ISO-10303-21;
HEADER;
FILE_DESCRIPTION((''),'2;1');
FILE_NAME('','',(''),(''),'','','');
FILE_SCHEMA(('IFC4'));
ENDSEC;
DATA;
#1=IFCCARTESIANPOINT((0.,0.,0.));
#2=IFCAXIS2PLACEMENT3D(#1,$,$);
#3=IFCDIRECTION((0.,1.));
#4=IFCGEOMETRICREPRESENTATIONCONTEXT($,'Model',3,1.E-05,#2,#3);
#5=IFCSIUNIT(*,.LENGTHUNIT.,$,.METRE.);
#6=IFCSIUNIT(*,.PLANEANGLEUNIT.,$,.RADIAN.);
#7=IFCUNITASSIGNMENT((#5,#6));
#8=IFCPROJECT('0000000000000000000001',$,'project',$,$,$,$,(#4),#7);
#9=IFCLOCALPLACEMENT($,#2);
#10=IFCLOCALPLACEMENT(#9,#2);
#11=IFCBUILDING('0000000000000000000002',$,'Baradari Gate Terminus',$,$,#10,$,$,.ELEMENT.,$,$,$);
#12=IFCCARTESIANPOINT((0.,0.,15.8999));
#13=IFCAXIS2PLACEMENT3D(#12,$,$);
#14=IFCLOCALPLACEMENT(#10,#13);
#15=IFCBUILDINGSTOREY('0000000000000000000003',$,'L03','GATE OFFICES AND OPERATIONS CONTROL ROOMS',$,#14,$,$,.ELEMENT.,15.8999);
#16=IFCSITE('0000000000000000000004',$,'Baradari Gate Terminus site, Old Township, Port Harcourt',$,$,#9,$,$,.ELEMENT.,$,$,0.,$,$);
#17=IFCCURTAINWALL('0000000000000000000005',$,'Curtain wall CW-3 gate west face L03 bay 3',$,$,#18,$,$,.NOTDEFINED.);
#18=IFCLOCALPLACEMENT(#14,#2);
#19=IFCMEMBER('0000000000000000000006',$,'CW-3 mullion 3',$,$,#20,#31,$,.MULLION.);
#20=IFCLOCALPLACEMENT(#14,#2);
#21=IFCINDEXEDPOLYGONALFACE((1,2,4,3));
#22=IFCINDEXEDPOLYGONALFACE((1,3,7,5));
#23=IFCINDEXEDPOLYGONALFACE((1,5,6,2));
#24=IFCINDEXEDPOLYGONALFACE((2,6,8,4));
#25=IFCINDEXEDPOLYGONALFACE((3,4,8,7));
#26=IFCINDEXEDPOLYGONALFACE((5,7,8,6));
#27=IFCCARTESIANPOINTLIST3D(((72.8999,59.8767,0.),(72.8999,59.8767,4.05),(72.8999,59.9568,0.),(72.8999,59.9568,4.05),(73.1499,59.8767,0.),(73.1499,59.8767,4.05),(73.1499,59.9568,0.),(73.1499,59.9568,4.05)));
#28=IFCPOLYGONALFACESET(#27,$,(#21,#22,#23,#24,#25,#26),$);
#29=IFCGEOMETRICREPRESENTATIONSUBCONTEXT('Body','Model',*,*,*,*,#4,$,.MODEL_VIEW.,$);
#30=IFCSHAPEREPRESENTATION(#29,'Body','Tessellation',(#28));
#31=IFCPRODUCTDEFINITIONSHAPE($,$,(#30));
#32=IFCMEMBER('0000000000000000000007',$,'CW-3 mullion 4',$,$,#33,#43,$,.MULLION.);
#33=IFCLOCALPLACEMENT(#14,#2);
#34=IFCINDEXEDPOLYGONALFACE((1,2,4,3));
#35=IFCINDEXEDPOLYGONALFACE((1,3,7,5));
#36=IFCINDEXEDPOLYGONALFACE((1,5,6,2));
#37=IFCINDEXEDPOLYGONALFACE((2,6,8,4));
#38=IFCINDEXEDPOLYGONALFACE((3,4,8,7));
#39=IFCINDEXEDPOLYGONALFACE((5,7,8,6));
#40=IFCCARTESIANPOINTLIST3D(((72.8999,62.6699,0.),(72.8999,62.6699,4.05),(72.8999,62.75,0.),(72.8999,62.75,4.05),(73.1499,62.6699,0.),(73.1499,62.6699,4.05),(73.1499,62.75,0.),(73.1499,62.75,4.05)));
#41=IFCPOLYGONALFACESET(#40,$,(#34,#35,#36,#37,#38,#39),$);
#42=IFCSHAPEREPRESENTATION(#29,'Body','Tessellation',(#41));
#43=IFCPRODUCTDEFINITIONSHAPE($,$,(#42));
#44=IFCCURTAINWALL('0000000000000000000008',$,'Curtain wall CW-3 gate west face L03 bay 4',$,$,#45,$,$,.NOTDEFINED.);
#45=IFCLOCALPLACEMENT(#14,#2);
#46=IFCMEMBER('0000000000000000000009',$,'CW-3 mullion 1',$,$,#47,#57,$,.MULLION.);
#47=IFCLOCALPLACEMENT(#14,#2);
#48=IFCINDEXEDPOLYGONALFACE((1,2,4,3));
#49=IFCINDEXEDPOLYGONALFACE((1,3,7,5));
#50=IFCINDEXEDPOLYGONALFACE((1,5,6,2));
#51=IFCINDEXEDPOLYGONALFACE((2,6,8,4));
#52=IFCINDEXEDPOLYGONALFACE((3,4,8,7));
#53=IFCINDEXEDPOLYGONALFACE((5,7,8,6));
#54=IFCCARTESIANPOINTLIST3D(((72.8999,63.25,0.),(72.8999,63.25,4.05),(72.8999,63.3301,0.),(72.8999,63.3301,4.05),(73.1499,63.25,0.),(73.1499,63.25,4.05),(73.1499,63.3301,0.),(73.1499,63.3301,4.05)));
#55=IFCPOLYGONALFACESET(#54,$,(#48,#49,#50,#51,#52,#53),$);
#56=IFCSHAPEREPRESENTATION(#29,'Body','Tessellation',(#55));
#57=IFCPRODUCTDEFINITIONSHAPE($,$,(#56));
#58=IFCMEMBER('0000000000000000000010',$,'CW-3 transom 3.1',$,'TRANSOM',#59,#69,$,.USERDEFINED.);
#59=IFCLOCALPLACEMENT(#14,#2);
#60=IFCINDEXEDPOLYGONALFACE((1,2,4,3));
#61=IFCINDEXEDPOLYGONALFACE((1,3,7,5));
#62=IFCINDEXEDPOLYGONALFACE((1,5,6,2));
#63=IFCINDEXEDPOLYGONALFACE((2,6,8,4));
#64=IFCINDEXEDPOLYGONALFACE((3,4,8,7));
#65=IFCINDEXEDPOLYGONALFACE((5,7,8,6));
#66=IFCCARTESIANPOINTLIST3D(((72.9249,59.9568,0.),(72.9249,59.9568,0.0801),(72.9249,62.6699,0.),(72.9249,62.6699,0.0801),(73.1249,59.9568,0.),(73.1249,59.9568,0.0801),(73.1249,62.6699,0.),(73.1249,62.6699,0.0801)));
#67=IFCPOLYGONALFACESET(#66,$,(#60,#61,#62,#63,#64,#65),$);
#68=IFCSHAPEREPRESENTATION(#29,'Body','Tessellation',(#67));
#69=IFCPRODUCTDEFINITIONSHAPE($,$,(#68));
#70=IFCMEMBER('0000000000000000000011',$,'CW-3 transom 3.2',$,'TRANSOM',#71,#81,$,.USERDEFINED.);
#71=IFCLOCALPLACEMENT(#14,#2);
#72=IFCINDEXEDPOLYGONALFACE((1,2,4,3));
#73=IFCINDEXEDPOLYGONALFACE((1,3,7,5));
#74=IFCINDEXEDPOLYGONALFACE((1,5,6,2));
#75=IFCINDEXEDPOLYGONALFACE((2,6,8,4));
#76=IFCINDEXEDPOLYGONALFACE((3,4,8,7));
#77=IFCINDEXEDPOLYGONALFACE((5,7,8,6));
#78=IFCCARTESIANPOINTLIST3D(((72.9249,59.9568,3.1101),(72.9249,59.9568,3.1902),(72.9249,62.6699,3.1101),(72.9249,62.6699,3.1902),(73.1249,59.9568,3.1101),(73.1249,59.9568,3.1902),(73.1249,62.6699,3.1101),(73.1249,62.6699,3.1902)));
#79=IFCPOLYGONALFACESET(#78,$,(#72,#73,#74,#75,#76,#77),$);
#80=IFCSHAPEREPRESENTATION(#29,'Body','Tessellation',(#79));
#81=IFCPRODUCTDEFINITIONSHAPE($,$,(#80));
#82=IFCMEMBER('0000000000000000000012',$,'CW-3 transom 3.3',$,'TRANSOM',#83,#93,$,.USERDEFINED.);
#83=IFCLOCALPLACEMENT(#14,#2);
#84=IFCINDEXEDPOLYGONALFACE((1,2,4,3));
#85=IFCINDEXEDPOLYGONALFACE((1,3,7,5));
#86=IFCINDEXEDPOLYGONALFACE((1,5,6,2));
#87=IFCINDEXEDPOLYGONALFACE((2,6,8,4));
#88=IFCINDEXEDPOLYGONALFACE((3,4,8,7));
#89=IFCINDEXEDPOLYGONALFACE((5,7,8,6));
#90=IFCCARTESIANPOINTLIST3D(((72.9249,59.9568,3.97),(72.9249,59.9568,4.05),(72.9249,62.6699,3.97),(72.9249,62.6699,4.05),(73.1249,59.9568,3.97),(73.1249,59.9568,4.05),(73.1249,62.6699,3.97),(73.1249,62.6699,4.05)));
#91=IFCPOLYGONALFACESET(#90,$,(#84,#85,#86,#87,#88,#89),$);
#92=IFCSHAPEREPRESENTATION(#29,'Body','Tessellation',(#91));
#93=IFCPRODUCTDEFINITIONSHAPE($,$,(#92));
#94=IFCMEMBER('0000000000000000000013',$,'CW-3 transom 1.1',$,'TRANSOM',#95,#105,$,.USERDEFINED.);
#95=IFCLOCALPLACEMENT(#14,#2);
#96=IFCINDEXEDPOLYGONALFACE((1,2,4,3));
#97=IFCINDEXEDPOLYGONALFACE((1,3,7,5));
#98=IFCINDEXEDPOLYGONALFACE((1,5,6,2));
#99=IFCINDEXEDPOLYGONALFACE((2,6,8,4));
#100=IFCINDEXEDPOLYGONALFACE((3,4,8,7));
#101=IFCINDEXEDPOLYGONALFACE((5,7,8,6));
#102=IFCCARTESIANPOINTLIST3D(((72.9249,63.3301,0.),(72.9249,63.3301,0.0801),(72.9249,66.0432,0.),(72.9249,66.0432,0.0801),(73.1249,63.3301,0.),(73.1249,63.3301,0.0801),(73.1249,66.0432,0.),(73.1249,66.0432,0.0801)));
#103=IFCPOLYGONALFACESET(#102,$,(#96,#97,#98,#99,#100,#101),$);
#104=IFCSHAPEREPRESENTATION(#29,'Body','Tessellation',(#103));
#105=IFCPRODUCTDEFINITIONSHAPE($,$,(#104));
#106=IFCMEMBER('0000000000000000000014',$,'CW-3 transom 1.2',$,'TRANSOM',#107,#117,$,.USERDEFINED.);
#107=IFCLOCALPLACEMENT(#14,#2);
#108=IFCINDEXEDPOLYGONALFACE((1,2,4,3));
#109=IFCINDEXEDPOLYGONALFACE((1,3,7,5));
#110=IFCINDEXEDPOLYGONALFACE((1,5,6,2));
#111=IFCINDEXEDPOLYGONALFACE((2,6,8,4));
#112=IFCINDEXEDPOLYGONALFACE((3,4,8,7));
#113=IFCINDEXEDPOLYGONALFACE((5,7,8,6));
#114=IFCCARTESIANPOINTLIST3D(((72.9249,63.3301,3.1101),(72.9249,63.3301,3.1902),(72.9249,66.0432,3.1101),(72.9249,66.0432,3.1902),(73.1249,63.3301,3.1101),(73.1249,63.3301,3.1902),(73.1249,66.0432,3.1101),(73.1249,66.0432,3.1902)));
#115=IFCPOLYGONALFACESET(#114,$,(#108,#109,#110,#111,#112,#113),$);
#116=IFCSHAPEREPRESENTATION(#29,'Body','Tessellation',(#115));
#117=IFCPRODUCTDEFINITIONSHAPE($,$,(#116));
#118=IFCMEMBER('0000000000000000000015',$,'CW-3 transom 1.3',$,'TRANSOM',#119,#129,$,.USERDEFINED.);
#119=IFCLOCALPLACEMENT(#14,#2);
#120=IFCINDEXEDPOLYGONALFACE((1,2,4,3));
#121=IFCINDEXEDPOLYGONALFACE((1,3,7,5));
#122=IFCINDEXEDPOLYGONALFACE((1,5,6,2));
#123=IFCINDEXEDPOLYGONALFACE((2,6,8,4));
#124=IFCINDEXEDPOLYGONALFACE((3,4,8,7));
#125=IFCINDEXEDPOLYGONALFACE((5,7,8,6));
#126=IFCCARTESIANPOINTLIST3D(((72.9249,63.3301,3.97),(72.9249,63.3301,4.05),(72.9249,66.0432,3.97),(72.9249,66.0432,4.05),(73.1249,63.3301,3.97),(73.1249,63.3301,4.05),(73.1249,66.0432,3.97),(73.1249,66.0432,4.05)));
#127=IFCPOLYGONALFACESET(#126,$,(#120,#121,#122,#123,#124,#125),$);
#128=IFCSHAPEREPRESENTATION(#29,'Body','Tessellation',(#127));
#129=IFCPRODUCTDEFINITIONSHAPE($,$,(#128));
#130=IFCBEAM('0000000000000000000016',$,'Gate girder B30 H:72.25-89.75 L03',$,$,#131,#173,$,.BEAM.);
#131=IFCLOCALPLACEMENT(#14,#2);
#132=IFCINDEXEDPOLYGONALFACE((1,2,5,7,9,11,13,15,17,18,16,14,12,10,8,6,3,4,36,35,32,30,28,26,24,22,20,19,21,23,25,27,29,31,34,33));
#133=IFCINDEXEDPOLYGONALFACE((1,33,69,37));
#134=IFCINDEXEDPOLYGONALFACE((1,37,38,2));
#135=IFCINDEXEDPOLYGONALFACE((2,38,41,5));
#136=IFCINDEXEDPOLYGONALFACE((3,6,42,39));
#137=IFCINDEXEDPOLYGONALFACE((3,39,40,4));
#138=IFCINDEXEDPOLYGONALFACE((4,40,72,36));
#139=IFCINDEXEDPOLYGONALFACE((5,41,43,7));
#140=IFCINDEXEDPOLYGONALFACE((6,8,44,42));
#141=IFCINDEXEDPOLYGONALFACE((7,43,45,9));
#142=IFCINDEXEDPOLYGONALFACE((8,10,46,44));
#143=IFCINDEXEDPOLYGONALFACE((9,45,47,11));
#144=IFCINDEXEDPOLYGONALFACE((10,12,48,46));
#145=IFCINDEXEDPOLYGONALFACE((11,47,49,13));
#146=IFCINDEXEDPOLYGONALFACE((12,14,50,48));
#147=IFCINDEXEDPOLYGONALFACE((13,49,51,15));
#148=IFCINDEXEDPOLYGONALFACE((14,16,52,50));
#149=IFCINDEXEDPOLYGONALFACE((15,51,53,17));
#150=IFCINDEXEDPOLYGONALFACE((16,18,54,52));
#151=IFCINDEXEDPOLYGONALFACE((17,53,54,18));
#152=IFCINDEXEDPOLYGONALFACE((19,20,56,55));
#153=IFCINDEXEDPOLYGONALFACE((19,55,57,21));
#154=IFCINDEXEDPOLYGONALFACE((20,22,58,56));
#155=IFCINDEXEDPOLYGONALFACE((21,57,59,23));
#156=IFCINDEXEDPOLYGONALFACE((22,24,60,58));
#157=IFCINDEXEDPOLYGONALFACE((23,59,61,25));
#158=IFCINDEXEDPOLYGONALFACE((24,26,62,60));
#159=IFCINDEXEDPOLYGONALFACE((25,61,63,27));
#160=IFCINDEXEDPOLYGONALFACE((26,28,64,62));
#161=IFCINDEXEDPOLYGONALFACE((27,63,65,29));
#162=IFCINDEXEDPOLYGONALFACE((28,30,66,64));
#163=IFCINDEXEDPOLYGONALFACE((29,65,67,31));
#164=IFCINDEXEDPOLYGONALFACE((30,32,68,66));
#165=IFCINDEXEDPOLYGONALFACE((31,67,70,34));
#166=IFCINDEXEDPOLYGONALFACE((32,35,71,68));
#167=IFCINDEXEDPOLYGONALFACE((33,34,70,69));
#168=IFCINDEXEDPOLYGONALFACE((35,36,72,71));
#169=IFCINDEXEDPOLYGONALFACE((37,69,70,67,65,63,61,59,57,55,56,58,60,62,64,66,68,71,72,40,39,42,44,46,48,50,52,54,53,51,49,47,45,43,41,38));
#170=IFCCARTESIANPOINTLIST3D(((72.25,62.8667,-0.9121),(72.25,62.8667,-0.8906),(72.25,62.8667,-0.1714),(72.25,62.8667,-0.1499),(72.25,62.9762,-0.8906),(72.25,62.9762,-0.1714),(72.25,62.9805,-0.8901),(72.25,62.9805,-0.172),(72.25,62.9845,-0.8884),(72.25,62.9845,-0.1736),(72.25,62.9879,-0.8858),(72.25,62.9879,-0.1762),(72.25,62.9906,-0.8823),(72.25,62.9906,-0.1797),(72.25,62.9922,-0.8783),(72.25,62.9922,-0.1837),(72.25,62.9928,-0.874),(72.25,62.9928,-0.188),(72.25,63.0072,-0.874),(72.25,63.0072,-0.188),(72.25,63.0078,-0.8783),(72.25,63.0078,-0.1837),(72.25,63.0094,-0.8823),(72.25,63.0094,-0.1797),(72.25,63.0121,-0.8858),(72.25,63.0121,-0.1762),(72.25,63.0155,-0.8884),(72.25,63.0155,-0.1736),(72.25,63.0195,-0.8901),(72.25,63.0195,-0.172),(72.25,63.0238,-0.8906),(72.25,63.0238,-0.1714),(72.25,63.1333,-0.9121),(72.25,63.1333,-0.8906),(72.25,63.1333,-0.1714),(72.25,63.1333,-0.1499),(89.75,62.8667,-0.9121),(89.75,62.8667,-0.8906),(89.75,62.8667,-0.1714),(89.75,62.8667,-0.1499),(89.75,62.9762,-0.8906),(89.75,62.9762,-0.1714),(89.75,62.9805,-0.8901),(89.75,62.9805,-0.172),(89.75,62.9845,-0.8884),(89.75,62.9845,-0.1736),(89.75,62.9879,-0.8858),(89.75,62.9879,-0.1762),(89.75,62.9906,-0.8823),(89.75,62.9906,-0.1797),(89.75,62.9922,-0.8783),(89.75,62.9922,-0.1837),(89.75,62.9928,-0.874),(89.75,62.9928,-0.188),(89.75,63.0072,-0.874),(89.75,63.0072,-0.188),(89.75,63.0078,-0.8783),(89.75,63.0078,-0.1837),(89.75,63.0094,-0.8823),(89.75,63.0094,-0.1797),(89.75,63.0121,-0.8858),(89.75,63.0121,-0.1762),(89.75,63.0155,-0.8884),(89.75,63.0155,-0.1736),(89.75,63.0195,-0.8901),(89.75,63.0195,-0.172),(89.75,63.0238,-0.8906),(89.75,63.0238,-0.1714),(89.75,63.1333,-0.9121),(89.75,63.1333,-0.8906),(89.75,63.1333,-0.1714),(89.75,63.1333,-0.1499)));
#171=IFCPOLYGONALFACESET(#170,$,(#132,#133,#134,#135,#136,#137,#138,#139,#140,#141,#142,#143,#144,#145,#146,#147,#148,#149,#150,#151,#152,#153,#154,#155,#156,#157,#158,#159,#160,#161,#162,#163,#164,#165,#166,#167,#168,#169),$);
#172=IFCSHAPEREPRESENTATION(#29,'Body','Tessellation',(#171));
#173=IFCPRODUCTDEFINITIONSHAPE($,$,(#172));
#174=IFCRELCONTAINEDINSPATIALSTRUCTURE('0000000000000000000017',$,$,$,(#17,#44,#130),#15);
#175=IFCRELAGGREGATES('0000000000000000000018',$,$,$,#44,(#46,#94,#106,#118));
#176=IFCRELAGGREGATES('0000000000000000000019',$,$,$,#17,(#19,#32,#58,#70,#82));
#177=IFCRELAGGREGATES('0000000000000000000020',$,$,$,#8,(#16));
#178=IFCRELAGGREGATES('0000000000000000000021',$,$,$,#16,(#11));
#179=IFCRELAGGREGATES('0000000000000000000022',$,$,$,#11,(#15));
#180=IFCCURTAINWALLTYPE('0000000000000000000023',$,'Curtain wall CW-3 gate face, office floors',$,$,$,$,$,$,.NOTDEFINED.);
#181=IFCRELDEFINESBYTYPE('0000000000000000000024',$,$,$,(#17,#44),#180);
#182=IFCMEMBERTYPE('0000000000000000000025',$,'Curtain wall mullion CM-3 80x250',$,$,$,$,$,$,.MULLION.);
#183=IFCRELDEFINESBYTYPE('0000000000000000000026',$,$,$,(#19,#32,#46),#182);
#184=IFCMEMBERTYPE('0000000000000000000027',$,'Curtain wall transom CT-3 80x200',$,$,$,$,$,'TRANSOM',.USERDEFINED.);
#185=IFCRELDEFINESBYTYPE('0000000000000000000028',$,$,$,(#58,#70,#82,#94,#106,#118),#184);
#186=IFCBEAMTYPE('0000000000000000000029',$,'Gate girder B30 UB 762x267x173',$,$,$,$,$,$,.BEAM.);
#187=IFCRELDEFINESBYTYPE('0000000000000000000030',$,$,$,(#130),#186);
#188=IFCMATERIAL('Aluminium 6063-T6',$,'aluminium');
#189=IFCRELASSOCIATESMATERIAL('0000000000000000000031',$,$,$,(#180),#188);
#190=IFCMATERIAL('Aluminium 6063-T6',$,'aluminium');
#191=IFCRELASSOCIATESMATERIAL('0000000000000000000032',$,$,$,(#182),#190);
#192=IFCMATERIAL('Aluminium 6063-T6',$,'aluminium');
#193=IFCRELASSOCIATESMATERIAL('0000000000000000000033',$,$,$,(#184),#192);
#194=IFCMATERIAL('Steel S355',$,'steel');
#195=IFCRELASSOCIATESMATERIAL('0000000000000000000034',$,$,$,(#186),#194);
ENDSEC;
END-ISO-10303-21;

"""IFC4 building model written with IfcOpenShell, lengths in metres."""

from ifc_helpers import new_model, si_unit, direction, frame, origin, origin_2d, place, context, subcontext, project, spatial, rectangle, i_section, extrude, material, material_profile, profile_set, type_object, element, aggregate, save


model = new_model("IFC4")

# Units and contexts
model_context = context("Model", 3, precision=1e-05, world=origin(), true_north=direction((0.0, 1.0)))
body_context = subcontext(model_context, "Body", "Model", "MODEL_VIEW")
ifc_project = project(units=[si_unit("LENGTHUNIT", "METRE"), si_unit("PLANEANGLEUNIT", "RADIAN")], contexts=[model_context])

# Site, building, storey
site_placement = place(None, origin())
site = spatial("IfcSite", under=ifc_project, at=site_placement, Name="Baradari Gate Terminus site, Old Township, Port Harcourt", CompositionType="ELEMENT", RefElevation=0.0)
building_placement = place(site_placement, origin())
building = spatial("IfcBuilding", under=site, at=building_placement, Name="Baradari Gate Terminus", CompositionType="ELEMENT")
storey_placement = place(building_placement, frame((0.0, 0.0, 15.8999)))
storey = spatial("IfcBuildingStorey", under=building, at=storey_placement, Name="L03", Description="GATE OFFICES AND OPERATIONS CONTROL ROOMS", CompositionType="ELEMENT", Elevation=15.8999)

# Curtain wall, members
ifc_material_1 = material(Name="Aluminium 6063-T6", Category="aluminium")
curtain_wall_type = type_object("IfcCurtainWallType", Name="Curtain wall CW-3 gate face, office floors", PredefinedType="NOTDEFINED", material=ifc_material_1)
curtain_wall_1_placement = place(storey_placement, origin())
curtain_wall_1 = element("IfcCurtainWall", 1, at=curtain_wall_1_placement, inside=storey, type_object=curtain_wall_type, Name="Curtain wall CW-3 gate west face L03 bay 3", PredefinedType="NOTDEFINED")
ifc_material_2 = material(Name="Aluminium 6063-T6", Category="aluminium")
ifc_material_profile_1 = material_profile(ifc_material_2, rectangle(XDim=0.25, YDim=0.0801, at=origin_2d()), Name="CM-3 80X250")
ifc_profile_set_1 = profile_set([ifc_material_profile_1], Name="Aluminium 6063-T6")
member_type_1 = type_object("IfcMemberType", Name="Curtain wall mullion CM-3 80x250", PredefinedType="MULLION", material=ifc_profile_set_1)
member_1_placement = place(storey_placement, frame((73.0249, 59.9167, 0.0), z_axis=(0.0, 0.0, 1.0), x_axis=(-1.0, 0.0, 0.0)))
member_1 = element("IfcMember", 2, at=member_1_placement, type_object=member_type_1, Name="CW-3 mullion 3", PredefinedType="MULLION", context=body_context, shape_type="SweptSolid", body=[
    extrude(rectangle(XDim=0.25, YDim=0.0801, at=origin_2d()), origin(), (0.0, 0.0, 1.0), 4.05),
])
member_2_placement = place(storey_placement, frame((73.0249, 62.71, 0.0), z_axis=(0.0, 0.0, 1.0), x_axis=(-1.0, 0.0, 0.0)))
member_2 = element("IfcMember", 3, at=member_2_placement, type_object=member_type_1, Name="CW-3 mullion 4", PredefinedType="MULLION", context=body_context, shape_type="SweptSolid", body=[
    extrude(rectangle(XDim=0.25, YDim=0.0801, at=origin_2d()), origin(), (0.0, 0.0, 1.0), 4.05),
])

# Curtain wall, member
curtain_wall_2_placement = place(storey_placement, origin())
curtain_wall_2 = element("IfcCurtainWall", 4, at=curtain_wall_2_placement, inside=storey, type_object=curtain_wall_type, Name="Curtain wall CW-3 gate west face L03 bay 4", PredefinedType="NOTDEFINED")
member_3_placement = place(storey_placement, frame((73.0249, 63.29, 0.0), z_axis=(0.0, 0.0, 1.0), x_axis=(-1.0, 0.0, 0.0)))
member_3 = element("IfcMember", 5, at=member_3_placement, type_object=member_type_1, Name="CW-3 mullion 1", PredefinedType="MULLION", context=body_context, shape_type="SweptSolid", body=[
    extrude(rectangle(XDim=0.25, YDim=0.0801, at=origin_2d()), origin(), (0.0, 0.0, 1.0), 4.05),
])

# Members
ifc_material_3 = material(Name="Aluminium 6063-T6", Category="aluminium")
ifc_material_profile_2 = material_profile(ifc_material_3, rectangle(XDim=0.2, YDim=0.0801, at=origin_2d()), Name="CT-3 80X200")
ifc_profile_set_2 = profile_set([ifc_material_profile_2], Name="Aluminium 6063-T6")
member_type_2 = type_object("IfcMemberType", Name="Curtain wall transom CT-3 80x200", ElementType="TRANSOM", PredefinedType="USERDEFINED", material=ifc_profile_set_2)
member_4_placement = place(storey_placement, frame((73.0249, 59.9568, 0.04), z_axis=(0.0, 1.0, 0.0), x_axis=(-1.0, 0.0, 0.0)))
member_4 = element("IfcMember", 6, at=member_4_placement, type_object=member_type_2, Name="CW-3 transom 3.1", ObjectType="TRANSOM", PredefinedType="USERDEFINED", context=body_context, shape_type="SweptSolid", body=[
    extrude(rectangle(XDim=0.2, YDim=0.0801, at=origin_2d()), origin(), (0.0, 0.0, 1.0), 2.7131),
])
member_5_placement = place(storey_placement, frame((73.0249, 59.9568, 3.1501), z_axis=(0.0, 1.0, 0.0), x_axis=(-1.0, 0.0, 0.0)))
member_5 = element("IfcMember", 7, at=member_5_placement, type_object=member_type_2, Name="CW-3 transom 3.2", ObjectType="TRANSOM", PredefinedType="USERDEFINED", context=body_context, shape_type="SweptSolid", body=[
    extrude(rectangle(XDim=0.2, YDim=0.0801, at=origin_2d()), origin(), (0.0, 0.0, 1.0), 2.7131),
])
member_6_placement = place(storey_placement, frame((73.0249, 59.9568, 4.01), z_axis=(0.0, 1.0, 0.0), x_axis=(-1.0, 0.0, 0.0)))
member_6 = element("IfcMember", 8, at=member_6_placement, type_object=member_type_2, Name="CW-3 transom 3.3", ObjectType="TRANSOM", PredefinedType="USERDEFINED", context=body_context, shape_type="SweptSolid", body=[
    extrude(rectangle(XDim=0.2, YDim=0.0801, at=origin_2d()), origin(), (0.0, 0.0, 1.0), 2.7131),
])
member_7_placement = place(storey_placement, frame((73.0249, 63.3301, 0.04), z_axis=(0.0, 1.0, 0.0), x_axis=(-1.0, 0.0, 0.0)))
member_7 = element("IfcMember", 9, at=member_7_placement, type_object=member_type_2, Name="CW-3 transom 1.1", ObjectType="TRANSOM", PredefinedType="USERDEFINED", context=body_context, shape_type="SweptSolid", body=[
    extrude(rectangle(XDim=0.2, YDim=0.0801, at=origin_2d()), origin(), (0.0, 0.0, 1.0), 2.7131),
])
member_8_placement = place(storey_placement, frame((73.0249, 63.3301, 3.1501), z_axis=(0.0, 1.0, 0.0), x_axis=(-1.0, 0.0, 0.0)))
member_8 = element("IfcMember", 10, at=member_8_placement, type_object=member_type_2, Name="CW-3 transom 1.2", ObjectType="TRANSOM", PredefinedType="USERDEFINED", context=body_context, shape_type="SweptSolid", body=[
    extrude(rectangle(XDim=0.2, YDim=0.0801, at=origin_2d()), origin(), (0.0, 0.0, 1.0), 2.7131),
])
member_9_placement = place(storey_placement, frame((73.0249, 63.3301, 4.01), z_axis=(0.0, 1.0, 0.0), x_axis=(-1.0, 0.0, 0.0)))
member_9 = element("IfcMember", 11, at=member_9_placement, type_object=member_type_2, Name="CW-3 transom 1.3", ObjectType="TRANSOM", PredefinedType="USERDEFINED", context=body_context, shape_type="SweptSolid", body=[
    extrude(rectangle(XDim=0.2, YDim=0.0801, at=origin_2d()), origin(), (0.0, 0.0, 1.0), 2.7131),
])
aggregate(curtain_wall_2, [member_3, member_7, member_8, member_9])

# Beam
ifc_material_4 = material(Name="Steel S355", Category="steel")
ifc_material_profile_3 = material_profile(ifc_material_4, i_section(OverallWidth=0.2666, OverallDepth=0.7622, WebThickness=0.0144, FlangeThickness=0.0215, FilletRadius=0.0166, at=origin_2d()), Name="UB 762x267x173")
ifc_profile_set_3 = profile_set([ifc_material_profile_3], Name="Steel S355")
beam_type_1 = type_object("IfcBeamType", Name="Gate girder B30 UB 762x267x173", PredefinedType="BEAM", material=ifc_profile_set_3)
beam_placement = place(storey_placement, frame((72.25, 63.0, -0.531), z_axis=(1.0, 0.0, 0.0), x_axis=(0.0, 1.0, 0.0)))
element("IfcBeam", 12, at=beam_placement, inside=storey, type_object=beam_type_1, Name="Gate girder B30 H:72.25-89.75 L03", PredefinedType="BEAM", context=body_context, shape_type="SweptSolid", body=[
    extrude(i_section(OverallWidth=0.2666, OverallDepth=0.7622, WebThickness=0.0144, FlangeThickness=0.0215, FilletRadius=0.0166, at=origin_2d()), origin(), (0.0, 0.0, 1.0), 17.5),
])

aggregate(curtain_wall_1, [member_1, member_2, member_4, member_5, member_6])

save(model, "model.ifc")
